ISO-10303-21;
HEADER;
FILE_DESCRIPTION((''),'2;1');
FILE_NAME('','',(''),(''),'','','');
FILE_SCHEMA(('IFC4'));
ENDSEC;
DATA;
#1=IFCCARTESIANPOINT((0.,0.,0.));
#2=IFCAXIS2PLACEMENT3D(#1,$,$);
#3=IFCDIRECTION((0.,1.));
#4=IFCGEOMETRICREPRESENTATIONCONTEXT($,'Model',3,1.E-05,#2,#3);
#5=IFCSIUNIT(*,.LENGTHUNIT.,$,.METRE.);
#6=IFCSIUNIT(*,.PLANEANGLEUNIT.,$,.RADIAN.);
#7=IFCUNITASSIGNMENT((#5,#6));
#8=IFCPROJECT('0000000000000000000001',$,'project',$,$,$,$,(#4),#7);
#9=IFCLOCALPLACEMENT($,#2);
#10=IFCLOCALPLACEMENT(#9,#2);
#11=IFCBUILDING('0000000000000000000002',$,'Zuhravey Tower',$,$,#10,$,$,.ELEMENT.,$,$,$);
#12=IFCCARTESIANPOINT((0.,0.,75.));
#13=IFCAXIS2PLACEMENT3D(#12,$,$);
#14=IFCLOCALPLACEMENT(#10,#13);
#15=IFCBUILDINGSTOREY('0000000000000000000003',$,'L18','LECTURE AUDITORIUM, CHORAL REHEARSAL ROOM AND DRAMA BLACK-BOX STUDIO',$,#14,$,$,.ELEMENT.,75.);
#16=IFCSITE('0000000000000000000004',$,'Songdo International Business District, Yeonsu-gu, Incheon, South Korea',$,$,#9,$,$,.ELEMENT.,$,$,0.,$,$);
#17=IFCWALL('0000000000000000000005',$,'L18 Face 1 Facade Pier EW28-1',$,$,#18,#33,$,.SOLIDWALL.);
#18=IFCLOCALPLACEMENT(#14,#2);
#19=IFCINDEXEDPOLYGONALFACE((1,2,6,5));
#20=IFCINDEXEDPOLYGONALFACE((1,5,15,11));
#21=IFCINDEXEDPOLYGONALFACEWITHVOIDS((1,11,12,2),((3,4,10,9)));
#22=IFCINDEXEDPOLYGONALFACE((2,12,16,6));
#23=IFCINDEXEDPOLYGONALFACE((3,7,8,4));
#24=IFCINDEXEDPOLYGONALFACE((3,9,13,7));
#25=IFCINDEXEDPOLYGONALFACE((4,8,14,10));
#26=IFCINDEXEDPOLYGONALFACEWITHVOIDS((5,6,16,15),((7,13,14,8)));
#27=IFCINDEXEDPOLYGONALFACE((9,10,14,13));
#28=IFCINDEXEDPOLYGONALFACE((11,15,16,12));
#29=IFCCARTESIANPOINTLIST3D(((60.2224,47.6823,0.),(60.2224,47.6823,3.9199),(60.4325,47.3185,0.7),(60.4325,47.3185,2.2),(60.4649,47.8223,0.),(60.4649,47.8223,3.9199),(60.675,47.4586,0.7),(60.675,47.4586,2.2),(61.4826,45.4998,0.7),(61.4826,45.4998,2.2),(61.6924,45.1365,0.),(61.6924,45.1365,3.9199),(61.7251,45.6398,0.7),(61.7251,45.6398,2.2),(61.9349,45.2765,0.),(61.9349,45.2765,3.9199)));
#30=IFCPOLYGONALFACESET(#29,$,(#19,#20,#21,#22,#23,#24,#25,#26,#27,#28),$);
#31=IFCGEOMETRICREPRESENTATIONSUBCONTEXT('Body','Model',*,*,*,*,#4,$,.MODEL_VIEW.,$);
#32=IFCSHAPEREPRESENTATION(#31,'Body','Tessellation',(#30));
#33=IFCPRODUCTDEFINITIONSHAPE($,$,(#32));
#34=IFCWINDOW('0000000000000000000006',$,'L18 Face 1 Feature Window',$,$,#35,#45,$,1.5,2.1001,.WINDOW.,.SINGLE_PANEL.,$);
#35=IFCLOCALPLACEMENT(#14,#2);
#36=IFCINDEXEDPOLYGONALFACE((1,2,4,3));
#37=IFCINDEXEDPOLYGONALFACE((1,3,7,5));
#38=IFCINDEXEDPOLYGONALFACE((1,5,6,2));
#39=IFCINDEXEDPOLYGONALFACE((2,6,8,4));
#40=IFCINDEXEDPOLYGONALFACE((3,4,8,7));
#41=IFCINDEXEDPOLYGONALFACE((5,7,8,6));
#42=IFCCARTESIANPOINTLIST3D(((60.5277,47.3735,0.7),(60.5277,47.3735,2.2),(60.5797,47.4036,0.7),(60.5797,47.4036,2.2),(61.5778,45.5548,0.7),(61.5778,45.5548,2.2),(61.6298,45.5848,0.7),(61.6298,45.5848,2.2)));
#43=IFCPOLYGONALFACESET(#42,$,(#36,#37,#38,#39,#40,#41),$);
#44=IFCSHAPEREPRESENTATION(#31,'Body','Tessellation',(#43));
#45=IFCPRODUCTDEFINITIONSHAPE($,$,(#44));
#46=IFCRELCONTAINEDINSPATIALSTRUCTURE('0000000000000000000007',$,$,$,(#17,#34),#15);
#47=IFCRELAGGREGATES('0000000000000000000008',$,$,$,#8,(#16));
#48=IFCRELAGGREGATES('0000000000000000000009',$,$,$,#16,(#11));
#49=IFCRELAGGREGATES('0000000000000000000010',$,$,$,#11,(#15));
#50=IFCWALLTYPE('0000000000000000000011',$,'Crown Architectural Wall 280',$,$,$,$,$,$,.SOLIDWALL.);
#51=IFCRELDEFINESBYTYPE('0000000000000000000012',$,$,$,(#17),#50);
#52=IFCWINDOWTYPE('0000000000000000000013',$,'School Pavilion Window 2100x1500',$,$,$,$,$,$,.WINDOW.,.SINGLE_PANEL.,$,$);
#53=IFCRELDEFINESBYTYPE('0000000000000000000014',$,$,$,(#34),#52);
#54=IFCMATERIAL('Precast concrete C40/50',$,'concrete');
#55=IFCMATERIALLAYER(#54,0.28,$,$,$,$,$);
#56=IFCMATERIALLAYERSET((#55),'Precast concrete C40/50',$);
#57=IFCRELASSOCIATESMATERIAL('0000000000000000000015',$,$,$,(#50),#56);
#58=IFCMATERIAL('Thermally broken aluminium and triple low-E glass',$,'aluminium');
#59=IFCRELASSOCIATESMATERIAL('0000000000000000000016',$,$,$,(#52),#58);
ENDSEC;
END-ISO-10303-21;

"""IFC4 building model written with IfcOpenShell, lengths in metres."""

from ifc_helpers import new_model, si_unit, direction, frame, frame_2d, origin, place, context, subcontext, project, spatial, rectangle, extrude, material, layer, layer_set, type_object, element, fill, save


model = new_model("IFC4")

# Units and contexts
model_context = context("Model", 3, precision=1e-05, world=origin(), true_north=direction((0.0, 1.0)))
body_context = subcontext(model_context, "Body", "Model", "MODEL_VIEW")
ifc_project = project(units=[si_unit("LENGTHUNIT", "METRE"), si_unit("PLANEANGLEUNIT", "RADIAN")], contexts=[model_context])

# Site, building, storey
site_placement = place(None, origin())
site = spatial("IfcSite", under=ifc_project, at=site_placement, Name="Songdo International Business District, Yeonsu-gu, Incheon, South Korea", CompositionType="ELEMENT", RefElevation=0.0)
building_placement = place(site_placement, origin())
building = spatial("IfcBuilding", under=site, at=building_placement, Name="Zuhravey Tower", CompositionType="ELEMENT")
storey_placement = place(building_placement, frame((0.0, 0.0, 75.0)))
storey = spatial("IfcBuildingStorey", under=building, at=storey_placement, Name="L18", Description="LECTURE AUDITORIUM, CHORAL REHEARSAL ROOM AND DRAMA BLACK-BOX STUDIO", CompositionType="ELEMENT", Elevation=75.0)

# Shared definitions
ifc_material_1 = material(Name="Precast concrete C40/50", Category="concrete")
ifc_layer_1 = layer(ifc_material_1, 0.28)
ifc_layer_set_1 = layer_set([ifc_layer_1], Name="Precast concrete C40/50")
wall_type = type_object("IfcWallType", Name="Crown Architectural Wall 280", PredefinedType="SOLIDWALL", material=ifc_layer_set_1)

# Wall, opening, window
wall_1_placement = place(storey_placement, frame((60.3438, 47.7522, 0.0), z_axis=(0.0, 0.0, 1.0), x_axis=(0.500024, -0.866011, 0.0)))
wall_1 = element("IfcWall", 1, at=wall_1_placement, inside=storey, type_object=wall_type, Name="L18 Face 1 Facade Pier EW28-1", PredefinedType="SOLIDWALL", context=body_context, shape_type="SweptSolid", body=[
    extrude(rectangle(XDim=2.9397, YDim=0.28, at=frame_2d((1.4697, 0.0))), origin(), (0.0, 0.0, 1.0), 3.9199),
])
opening_placement = place(wall_1_placement, frame((0.4199, 0.0, 0.7)))
opening = element("IfcOpeningElement", 2, at=opening_placement, cuts=wall_1, PredefinedType="OPENING", context=body_context, shape_type="SweptSolid", body=[
    extrude(rectangle(XDim=2.1001, YDim=1.5, at=frame_2d((1.05, 0.75))), frame((0.0, 0.1521, 0.0), z_axis=(0.0, -1.0, 0.0), x_axis=(1.0, 0.0, 0.0)), (0.0, 0.0, 1.0), 0.304),
])
ifc_material_2 = material(Name="Thermally broken aluminium and triple low-E glass", Category="aluminium")
window_type = type_object("IfcWindowType", Name="School Pavilion Window 2100x1500", PartitioningType="SINGLE_PANEL", PredefinedType="WINDOW", material=ifc_material_2)
window_placement = place(opening_placement, origin())
window = element("IfcWindow", 3, at=window_placement, inside=storey, type_object=window_type, Name="L18 Face 1 Feature Window", OverallHeight=1.5, OverallWidth=2.1001, PartitioningType="SINGLE_PANEL", PredefinedType="WINDOW", context=body_context, shape_type="SweptSolid", body=[
    extrude(rectangle(XDim=2.1001, YDim=1.5, at=frame_2d((1.05, 0.75))), frame((0.0, 0.03, 0.0), z_axis=(0.0, -1.0, 0.0), x_axis=(1.0, 0.0, 0.0)), (0.0, 0.0, 1.0), 0.0601),
])
fill(opening, window)

save(model, "model.ifc")
